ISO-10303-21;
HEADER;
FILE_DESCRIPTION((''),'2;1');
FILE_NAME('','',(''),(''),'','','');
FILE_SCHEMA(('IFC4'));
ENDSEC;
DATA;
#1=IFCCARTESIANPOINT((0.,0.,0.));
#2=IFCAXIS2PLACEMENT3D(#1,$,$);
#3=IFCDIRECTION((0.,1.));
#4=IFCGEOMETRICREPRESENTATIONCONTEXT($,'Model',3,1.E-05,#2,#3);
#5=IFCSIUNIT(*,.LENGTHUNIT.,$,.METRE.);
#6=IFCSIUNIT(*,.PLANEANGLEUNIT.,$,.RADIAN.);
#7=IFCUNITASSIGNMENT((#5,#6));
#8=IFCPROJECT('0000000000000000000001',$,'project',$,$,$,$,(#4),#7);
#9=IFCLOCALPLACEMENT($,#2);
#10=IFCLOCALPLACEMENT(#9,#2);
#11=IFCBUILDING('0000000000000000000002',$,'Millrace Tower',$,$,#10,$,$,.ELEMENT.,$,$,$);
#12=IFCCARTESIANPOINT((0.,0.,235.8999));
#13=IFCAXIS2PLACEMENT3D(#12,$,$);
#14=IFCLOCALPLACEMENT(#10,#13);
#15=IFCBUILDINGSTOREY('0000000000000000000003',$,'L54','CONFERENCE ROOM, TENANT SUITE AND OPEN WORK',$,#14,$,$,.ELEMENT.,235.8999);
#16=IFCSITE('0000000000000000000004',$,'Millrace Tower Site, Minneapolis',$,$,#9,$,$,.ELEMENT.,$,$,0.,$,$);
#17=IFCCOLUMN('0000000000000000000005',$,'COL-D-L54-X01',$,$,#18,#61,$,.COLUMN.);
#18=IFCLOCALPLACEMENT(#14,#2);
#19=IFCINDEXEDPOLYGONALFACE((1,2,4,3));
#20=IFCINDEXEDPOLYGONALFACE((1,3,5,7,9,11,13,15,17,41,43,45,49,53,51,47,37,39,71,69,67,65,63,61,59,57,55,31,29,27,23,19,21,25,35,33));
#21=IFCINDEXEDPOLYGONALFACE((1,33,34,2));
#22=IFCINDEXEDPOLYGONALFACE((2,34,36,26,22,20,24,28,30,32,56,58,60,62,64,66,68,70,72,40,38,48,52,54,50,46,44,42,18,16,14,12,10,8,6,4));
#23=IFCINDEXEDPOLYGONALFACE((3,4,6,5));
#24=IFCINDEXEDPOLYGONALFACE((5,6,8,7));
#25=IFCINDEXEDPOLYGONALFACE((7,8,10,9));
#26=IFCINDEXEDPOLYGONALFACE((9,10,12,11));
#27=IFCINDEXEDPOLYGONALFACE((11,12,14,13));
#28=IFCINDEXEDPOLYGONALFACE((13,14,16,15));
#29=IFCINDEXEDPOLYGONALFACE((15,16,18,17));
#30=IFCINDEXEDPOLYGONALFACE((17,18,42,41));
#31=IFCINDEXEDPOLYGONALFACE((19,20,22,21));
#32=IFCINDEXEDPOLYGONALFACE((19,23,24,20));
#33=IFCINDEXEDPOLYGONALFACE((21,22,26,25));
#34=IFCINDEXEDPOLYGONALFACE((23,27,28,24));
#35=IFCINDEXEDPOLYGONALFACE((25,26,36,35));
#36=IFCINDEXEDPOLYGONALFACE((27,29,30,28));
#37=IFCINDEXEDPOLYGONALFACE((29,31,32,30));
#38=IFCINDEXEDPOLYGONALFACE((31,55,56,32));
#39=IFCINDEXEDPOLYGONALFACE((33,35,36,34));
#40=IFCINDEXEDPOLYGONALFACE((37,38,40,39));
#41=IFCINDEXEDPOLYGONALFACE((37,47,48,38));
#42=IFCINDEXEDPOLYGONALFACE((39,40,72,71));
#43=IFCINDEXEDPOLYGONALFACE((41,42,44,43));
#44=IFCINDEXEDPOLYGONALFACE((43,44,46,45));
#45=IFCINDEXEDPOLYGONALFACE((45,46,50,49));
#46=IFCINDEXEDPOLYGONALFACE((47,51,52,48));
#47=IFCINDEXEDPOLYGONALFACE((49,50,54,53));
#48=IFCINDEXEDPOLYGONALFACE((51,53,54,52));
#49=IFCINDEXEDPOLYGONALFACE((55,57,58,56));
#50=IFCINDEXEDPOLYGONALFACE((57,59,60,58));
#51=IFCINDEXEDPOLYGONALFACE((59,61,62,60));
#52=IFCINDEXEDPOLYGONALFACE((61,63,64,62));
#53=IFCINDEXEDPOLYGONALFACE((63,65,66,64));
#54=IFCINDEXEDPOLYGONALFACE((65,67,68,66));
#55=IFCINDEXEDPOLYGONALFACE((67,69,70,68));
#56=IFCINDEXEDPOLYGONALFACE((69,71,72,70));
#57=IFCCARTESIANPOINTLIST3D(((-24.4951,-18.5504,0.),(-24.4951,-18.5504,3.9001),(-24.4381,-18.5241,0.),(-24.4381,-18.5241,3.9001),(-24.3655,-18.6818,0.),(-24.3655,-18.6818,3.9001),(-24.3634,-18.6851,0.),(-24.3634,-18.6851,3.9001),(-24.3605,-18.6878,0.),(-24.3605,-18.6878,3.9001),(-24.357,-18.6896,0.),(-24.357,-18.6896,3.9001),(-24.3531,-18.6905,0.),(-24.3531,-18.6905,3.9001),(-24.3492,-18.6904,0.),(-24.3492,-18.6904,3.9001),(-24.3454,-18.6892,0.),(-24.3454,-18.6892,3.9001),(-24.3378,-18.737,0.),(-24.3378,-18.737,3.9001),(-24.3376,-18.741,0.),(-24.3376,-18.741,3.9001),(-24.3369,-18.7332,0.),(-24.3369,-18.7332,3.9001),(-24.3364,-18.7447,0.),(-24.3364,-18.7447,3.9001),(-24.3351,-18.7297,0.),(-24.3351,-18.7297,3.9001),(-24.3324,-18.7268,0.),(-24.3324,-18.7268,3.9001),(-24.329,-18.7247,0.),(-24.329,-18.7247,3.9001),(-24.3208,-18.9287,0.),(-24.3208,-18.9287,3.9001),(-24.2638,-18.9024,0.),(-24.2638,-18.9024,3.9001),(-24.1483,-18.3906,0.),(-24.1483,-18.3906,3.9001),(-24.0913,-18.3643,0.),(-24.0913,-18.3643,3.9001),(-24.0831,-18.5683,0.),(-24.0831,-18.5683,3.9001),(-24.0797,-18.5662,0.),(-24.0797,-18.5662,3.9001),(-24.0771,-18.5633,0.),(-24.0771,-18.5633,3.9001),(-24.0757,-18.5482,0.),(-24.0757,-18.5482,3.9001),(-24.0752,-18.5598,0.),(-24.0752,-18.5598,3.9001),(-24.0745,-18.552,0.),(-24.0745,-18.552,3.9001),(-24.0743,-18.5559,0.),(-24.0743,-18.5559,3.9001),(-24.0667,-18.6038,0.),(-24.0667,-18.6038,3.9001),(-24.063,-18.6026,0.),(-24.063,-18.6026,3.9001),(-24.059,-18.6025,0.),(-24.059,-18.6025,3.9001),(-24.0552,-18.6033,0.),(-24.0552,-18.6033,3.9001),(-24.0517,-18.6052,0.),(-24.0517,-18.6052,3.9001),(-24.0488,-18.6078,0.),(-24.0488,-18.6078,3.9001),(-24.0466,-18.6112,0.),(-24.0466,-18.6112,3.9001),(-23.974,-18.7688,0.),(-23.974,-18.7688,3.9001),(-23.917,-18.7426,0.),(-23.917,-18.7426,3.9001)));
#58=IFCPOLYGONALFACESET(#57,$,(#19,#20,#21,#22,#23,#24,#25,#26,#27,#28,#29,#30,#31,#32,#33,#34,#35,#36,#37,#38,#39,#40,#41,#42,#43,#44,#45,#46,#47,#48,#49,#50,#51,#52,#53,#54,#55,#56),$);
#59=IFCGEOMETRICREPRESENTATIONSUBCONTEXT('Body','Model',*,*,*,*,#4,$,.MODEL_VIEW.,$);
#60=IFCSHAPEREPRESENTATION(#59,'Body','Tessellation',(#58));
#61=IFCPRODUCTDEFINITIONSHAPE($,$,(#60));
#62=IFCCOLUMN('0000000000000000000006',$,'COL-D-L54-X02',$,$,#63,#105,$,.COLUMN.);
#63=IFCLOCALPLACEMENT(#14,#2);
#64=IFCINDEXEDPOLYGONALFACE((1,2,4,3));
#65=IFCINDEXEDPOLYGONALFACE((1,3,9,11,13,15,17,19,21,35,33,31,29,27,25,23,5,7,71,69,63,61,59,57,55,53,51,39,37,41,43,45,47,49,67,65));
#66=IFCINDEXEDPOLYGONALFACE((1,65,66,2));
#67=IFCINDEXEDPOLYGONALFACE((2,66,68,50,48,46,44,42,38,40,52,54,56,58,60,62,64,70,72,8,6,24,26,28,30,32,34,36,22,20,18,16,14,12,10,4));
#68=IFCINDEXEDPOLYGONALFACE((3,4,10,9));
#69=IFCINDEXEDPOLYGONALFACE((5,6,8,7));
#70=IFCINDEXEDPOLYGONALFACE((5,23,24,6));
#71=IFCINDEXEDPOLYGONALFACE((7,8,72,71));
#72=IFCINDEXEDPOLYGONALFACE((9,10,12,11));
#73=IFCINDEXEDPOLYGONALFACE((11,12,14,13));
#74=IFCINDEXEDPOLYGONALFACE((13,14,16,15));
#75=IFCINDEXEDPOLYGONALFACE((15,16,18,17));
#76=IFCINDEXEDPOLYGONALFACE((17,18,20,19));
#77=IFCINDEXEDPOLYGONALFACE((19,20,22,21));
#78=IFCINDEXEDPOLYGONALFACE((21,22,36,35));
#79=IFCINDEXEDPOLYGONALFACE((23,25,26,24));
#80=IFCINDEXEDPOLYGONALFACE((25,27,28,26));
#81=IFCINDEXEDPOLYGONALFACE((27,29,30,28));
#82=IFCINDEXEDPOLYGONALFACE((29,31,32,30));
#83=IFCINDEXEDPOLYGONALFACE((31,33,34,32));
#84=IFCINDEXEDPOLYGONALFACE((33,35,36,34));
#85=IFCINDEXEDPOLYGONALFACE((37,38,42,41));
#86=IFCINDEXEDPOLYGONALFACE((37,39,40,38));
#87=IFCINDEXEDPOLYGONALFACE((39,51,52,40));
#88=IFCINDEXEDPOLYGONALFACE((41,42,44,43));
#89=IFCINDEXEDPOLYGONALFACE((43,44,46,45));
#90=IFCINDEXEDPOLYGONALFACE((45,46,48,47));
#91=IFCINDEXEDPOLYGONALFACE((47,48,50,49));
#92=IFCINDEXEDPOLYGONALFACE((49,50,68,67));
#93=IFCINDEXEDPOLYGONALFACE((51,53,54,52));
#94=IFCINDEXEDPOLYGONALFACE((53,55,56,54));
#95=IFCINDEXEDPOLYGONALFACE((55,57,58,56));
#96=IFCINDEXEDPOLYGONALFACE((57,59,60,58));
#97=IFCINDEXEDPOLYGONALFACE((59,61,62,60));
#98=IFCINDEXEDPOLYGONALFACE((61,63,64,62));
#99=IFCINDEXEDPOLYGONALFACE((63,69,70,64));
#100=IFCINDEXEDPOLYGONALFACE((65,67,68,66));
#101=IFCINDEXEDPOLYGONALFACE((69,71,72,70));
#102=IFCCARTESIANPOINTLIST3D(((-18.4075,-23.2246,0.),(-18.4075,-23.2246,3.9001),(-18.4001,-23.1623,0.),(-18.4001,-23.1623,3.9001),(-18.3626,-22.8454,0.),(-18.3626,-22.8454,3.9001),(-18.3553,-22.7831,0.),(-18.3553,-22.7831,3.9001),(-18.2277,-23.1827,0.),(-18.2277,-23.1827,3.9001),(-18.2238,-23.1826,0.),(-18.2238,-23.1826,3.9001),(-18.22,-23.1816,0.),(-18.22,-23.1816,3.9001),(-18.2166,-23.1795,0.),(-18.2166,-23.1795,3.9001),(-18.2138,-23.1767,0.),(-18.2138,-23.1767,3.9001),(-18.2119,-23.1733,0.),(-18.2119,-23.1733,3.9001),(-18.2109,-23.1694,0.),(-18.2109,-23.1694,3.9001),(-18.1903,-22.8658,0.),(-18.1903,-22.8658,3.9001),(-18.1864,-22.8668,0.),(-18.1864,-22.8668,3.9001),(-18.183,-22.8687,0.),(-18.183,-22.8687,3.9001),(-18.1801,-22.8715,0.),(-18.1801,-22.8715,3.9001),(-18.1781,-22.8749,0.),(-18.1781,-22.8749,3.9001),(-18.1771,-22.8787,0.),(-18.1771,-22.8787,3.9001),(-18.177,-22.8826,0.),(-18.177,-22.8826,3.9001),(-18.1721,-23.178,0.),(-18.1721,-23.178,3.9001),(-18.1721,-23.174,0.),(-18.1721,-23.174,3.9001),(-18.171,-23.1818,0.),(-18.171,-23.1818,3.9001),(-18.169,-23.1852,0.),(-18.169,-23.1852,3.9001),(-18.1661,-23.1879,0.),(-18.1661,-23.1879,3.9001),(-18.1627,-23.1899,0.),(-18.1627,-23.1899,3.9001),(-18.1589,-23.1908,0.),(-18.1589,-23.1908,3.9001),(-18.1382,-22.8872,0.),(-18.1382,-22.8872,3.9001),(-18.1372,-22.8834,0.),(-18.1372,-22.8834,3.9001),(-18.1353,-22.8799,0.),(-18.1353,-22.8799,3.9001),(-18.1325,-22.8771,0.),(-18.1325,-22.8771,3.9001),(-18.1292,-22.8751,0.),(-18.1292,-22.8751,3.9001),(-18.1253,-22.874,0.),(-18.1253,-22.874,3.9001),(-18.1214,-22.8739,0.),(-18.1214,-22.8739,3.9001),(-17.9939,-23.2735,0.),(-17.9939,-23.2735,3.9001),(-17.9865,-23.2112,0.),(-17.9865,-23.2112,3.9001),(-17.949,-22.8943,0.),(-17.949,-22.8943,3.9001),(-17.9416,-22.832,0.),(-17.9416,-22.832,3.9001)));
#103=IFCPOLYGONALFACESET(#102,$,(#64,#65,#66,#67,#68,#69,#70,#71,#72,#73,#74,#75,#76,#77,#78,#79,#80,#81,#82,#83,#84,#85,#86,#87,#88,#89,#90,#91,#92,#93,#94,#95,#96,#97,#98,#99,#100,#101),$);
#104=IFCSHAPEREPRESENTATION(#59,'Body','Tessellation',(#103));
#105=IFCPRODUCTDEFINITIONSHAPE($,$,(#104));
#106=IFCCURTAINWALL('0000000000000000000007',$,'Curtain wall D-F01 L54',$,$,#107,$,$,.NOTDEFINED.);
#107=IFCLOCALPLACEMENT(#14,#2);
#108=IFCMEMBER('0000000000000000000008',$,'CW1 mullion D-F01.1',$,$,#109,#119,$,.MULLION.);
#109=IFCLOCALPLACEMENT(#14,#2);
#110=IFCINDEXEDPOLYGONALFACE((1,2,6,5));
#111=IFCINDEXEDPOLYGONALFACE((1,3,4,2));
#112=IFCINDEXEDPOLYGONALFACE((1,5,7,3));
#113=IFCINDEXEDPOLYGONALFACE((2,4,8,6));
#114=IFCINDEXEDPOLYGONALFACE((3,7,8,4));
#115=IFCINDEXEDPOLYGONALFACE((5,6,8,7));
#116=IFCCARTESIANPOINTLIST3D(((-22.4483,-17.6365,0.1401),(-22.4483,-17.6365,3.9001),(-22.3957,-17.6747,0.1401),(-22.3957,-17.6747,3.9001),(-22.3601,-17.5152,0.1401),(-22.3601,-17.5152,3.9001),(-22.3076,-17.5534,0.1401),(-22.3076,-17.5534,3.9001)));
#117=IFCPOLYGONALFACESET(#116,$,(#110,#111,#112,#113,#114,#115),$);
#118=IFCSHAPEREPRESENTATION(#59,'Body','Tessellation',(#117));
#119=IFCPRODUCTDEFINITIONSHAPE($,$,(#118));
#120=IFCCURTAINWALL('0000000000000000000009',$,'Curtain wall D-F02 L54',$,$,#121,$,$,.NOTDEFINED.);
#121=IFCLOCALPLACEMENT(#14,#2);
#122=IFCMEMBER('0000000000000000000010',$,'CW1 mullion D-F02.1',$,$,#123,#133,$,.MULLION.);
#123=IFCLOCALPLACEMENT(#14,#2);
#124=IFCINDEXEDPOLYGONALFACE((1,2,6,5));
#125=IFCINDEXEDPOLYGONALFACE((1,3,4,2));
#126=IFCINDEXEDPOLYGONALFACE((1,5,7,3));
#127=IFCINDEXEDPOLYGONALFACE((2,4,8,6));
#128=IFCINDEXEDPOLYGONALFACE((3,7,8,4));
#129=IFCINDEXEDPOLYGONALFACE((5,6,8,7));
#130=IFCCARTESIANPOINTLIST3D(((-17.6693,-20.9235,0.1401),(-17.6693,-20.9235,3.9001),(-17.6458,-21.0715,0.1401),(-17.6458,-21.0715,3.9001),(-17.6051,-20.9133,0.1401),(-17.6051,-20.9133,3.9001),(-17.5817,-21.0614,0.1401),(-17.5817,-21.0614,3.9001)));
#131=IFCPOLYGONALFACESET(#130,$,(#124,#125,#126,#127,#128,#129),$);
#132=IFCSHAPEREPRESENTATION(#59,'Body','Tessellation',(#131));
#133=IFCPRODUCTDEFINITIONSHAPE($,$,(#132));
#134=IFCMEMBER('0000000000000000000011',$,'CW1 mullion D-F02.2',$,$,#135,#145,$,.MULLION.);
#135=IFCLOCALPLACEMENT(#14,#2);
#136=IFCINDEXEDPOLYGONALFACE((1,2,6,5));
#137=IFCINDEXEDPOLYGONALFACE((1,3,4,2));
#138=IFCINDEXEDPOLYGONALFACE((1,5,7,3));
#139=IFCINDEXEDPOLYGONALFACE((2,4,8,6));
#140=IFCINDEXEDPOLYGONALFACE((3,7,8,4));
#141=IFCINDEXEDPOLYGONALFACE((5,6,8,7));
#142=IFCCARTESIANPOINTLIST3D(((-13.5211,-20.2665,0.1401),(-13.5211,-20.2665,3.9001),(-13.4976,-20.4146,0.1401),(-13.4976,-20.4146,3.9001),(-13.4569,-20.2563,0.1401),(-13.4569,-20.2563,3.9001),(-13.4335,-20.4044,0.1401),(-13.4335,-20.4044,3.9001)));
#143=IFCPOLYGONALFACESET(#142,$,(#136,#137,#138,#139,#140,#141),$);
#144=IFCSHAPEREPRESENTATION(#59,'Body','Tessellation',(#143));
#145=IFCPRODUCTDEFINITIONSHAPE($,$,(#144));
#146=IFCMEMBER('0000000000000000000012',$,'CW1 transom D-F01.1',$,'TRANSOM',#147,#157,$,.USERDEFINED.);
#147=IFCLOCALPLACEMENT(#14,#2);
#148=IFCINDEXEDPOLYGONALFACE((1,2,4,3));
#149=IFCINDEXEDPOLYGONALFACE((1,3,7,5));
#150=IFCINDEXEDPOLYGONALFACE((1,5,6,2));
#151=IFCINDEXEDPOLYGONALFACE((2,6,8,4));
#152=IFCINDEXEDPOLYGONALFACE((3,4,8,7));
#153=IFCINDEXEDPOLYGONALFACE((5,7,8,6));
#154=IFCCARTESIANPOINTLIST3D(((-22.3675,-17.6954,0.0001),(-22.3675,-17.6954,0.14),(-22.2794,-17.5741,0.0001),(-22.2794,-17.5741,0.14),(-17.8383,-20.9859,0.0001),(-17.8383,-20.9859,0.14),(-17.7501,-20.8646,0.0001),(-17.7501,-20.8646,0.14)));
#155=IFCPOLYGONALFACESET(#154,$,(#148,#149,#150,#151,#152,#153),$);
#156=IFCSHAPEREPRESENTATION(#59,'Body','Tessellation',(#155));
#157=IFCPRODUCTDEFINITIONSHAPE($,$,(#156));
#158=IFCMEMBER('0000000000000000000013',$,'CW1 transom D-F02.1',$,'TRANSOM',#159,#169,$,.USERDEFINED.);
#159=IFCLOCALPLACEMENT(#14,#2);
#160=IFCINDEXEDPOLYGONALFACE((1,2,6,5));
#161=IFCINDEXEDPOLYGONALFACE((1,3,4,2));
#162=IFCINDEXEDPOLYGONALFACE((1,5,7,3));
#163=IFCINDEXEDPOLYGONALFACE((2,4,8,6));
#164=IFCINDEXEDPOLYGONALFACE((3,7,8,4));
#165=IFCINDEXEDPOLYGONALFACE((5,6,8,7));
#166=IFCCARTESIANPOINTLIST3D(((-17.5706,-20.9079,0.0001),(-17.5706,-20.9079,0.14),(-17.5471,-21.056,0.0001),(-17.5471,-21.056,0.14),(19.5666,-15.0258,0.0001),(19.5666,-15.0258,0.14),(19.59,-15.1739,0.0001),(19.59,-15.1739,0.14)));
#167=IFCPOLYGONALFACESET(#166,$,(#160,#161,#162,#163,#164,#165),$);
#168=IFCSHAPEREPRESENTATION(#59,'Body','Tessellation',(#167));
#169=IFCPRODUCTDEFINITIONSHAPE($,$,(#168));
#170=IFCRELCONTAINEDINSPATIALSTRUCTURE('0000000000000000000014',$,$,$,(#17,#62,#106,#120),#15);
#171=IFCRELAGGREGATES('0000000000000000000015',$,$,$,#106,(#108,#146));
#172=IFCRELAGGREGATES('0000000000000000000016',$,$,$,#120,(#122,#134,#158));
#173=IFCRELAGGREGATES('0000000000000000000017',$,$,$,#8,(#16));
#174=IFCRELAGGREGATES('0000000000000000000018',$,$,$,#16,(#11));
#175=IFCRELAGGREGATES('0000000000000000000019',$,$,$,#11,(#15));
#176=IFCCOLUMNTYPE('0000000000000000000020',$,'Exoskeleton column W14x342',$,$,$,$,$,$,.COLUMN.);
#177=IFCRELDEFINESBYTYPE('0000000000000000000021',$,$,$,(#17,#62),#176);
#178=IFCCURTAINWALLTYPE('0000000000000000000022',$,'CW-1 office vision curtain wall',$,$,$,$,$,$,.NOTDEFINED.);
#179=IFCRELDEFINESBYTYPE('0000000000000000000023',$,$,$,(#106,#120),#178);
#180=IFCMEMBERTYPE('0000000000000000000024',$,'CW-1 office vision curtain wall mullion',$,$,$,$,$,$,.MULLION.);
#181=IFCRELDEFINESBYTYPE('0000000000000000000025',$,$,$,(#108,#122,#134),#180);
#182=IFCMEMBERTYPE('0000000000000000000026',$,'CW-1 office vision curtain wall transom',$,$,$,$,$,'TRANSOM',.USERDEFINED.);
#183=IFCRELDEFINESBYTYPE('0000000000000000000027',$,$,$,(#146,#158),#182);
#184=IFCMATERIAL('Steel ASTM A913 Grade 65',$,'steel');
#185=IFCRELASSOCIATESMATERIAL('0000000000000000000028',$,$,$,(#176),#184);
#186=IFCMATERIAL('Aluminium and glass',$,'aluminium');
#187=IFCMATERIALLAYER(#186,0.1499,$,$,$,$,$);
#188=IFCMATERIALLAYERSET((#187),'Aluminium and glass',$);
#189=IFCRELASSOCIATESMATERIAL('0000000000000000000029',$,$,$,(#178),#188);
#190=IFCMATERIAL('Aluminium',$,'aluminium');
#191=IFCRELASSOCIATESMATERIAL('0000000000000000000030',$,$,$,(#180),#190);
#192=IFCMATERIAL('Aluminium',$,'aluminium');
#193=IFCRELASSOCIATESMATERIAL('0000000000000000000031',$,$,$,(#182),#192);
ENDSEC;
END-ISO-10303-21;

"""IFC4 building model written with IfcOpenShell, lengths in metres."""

from ifc_helpers import new_model, si_unit, direction, frame, origin, origin_2d, place, context, subcontext, project, spatial, rectangle, i_section, extrude, material, layer, layer_set, material_profile, profile_set, type_object, element, aggregate, save


model = new_model("IFC4")

# Units and contexts
model_context = context("Model", 3, precision=1e-05, world=origin(), true_north=direction((0.0, 1.0)))
body_context = subcontext(model_context, "Body", "Model", "MODEL_VIEW")
ifc_project = project(units=[si_unit("LENGTHUNIT", "METRE"), si_unit("PLANEANGLEUNIT", "RADIAN")], contexts=[model_context])

# Site, building, storey
site_placement = place(None, origin())
site = spatial("IfcSite", under=ifc_project, at=site_placement, Name="Millrace Tower Site, Minneapolis", CompositionType="ELEMENT", RefElevation=0.0)
building_placement = place(site_placement, origin())
building = spatial("IfcBuilding", under=site, at=building_placement, Name="Millrace Tower", CompositionType="ELEMENT")
storey_placement = place(building_placement, frame((0.0, 0.0, 235.8999)))
storey = spatial("IfcBuildingStorey", under=building, at=storey_placement, Name="L54", Description="CONFERENCE ROOM, TENANT SUITE AND OPEN WORK", CompositionType="ELEMENT", Elevation=235.8999)

# Columns
ifc_material_1 = material(Name="Steel ASTM A913 Grade 65", Category="steel")
ifc_material_profile_1 = material_profile(ifc_material_1, i_section(OverallWidth=0.4165, OverallDepth=0.4446, WebThickness=0.0391, FlangeThickness=0.0627, FilletRadius=0.0151, at=origin_2d()))
ifc_profile_set_1 = profile_set([ifc_material_profile_1], Name="Steel ASTM A913 Grade 65")
column_type = type_object("IfcColumnType", Name="Exoskeleton column W14x342", PredefinedType="COLUMN", material=ifc_profile_set_1)
for number, where, z_axis, x_axis, name in (
    (1, (-24.2061, -18.6465, 0.0), (0.0, 0.0, 1.0), (0.418553, -0.908192, 0.0), "COL-D-L54-X01"),
    (2, (-18.1746, -23.0283, 0.0), (0.0, 0.0, 1.0), (0.993082, -0.117421, 0.0), "COL-D-L54-X02"),
):
    element("IfcColumn", number, at=place(storey_placement, frame(where, z_axis=z_axis, x_axis=x_axis)), inside=storey, type_object=column_type, Name=name, PredefinedType="COLUMN", context=body_context, shape_type="SweptSolid", body=[
        extrude(i_section(OverallWidth=0.4165, OverallDepth=0.4446, WebThickness=0.0391, FlangeThickness=0.0627, FilletRadius=0.0151, at=origin_2d()), origin(), (0.0, 0.0, 1.0), 3.9001),
    ])

# Curtain wall, member
ifc_material_2 = material(Name="Aluminium and glass", Category="aluminium")
ifc_layer_1 = layer(ifc_material_2, 0.1499)
ifc_layer_set_1 = layer_set([ifc_layer_1], Name="Aluminium and glass")
curtain_wall_type = type_object("IfcCurtainWallType", Name="CW-1 office vision curtain wall", PredefinedType="NOTDEFINED", material=ifc_layer_set_1)
placement = place(storey_placement, origin())
curtain_wall_1 = element("IfcCurtainWall", 3, at=placement, inside=storey, type_object=curtain_wall_type, Name="Curtain wall D-F01 L54", PredefinedType="NOTDEFINED")
ifc_material_3 = material(Name="Aluminium", Category="aluminium")
ifc_material_profile_2 = material_profile(ifc_material_3, rectangle(XDim=0.0649, YDim=0.1499, at=origin_2d()))
ifc_profile_set_2 = profile_set([ifc_material_profile_2], Name="Aluminium")
member_type_1 = type_object("IfcMemberType", Name="CW-1 office vision curtain wall mullion", PredefinedType="MULLION", material=ifc_profile_set_2)
member_1_placement = place(storey_placement, frame((-22.3779, -17.595, 0.1401), z_axis=(0.0, 0.0, 1.0), x_axis=(0.809017, -0.587785, 0.0)))
member_1 = element("IfcMember", 4, at=member_1_placement, type_object=member_type_1, Name="CW1 mullion D-F01.1", PredefinedType="MULLION", context=body_context, shape_type="SweptSolid", body=[
    extrude(rectangle(XDim=0.0649, YDim=0.1499, at=origin_2d()), origin(), (0.0, 0.0, 1.0), 3.76),
])

# Curtain wall, members
curtain_wall_2 = element("IfcCurtainWall", 5, at=placement, inside=storey, type_object=curtain_wall_type, Name="Curtain wall D-F02 L54", PredefinedType="NOTDEFINED")
member_2_placement = place(storey_placement, frame((-17.6255, -20.9924, 0.1401), z_axis=(0.0, 0.0, 1.0), x_axis=(0.987688, 0.156434, 0.0)))
member_2 = element("IfcMember", 6, at=member_2_placement, type_object=member_type_1, Name="CW1 mullion D-F02.1", PredefinedType="MULLION", context=body_context, shape_type="SweptSolid", body=[
    extrude(rectangle(XDim=0.0649, YDim=0.1499, at=origin_2d()), origin(), (0.0, 0.0, 1.0), 3.76),
])
member_3_placement = place(storey_placement, frame((-13.4773, -20.3354, 0.1401), z_axis=(0.0, 0.0, 1.0), x_axis=(0.987688, 0.156434, 0.0)))
member_3 = element("IfcMember", 7, at=member_3_placement, type_object=member_type_1, Name="CW1 mullion D-F02.2", PredefinedType="MULLION", context=body_context, shape_type="SweptSolid", body=[
    extrude(rectangle(XDim=0.0649, YDim=0.1499, at=origin_2d()), origin(), (0.0, 0.0, 1.0), 3.76),
])

# Members
ifc_material_4 = material(Name="Aluminium", Category="aluminium")
ifc_material_profile_3 = material_profile(ifc_material_4, rectangle(XDim=0.1499, YDim=0.1399, at=origin_2d()))
ifc_profile_set_3 = profile_set([ifc_material_profile_3], Name="Aluminium")
member_type_2 = type_object("IfcMemberType", Name="CW-1 office vision curtain wall transom", ElementType="TRANSOM", PredefinedType="USERDEFINED", material=ifc_profile_set_3)
member_4_placement = place(storey_placement, frame((-22.3235, -17.6348, 0.0701), z_axis=(0.809034, -0.587762, 0.0), x_axis=(0.587762, 0.809034, 0.0)))
member_4 = element("IfcMember", 8, at=member_4_placement, type_object=member_type_2, Name="CW1 transom D-F01.1", ObjectType="TRANSOM", PredefinedType="USERDEFINED", context=body_context, shape_type="SweptSolid", body=[
    extrude(rectangle(XDim=0.1499, YDim=0.1399, at=origin_2d()), origin(), (0.0, 0.0, 1.0), 5.5984),
])
aggregate(curtain_wall_1, [member_1, member_4])
member_5_placement = place(storey_placement, frame((-17.5588, -20.9819, 0.0701), z_axis=(0.987688, 0.156438, 0.0), x_axis=(-0.156438, 0.987688, 0.0)))
member_5 = element("IfcMember", 9, at=member_5_placement, type_object=member_type_2, Name="CW1 transom D-F02.1", ObjectType="TRANSOM", PredefinedType="USERDEFINED", context=body_context, shape_type="SweptSolid", body=[
    extrude(rectangle(XDim=0.1499, YDim=0.1399, at=origin_2d()), origin(), (0.0, 0.0, 1.0), 37.6001),
])
aggregate(curtain_wall_2, [member_2, member_3, member_5])

save(model, "model.ifc")
